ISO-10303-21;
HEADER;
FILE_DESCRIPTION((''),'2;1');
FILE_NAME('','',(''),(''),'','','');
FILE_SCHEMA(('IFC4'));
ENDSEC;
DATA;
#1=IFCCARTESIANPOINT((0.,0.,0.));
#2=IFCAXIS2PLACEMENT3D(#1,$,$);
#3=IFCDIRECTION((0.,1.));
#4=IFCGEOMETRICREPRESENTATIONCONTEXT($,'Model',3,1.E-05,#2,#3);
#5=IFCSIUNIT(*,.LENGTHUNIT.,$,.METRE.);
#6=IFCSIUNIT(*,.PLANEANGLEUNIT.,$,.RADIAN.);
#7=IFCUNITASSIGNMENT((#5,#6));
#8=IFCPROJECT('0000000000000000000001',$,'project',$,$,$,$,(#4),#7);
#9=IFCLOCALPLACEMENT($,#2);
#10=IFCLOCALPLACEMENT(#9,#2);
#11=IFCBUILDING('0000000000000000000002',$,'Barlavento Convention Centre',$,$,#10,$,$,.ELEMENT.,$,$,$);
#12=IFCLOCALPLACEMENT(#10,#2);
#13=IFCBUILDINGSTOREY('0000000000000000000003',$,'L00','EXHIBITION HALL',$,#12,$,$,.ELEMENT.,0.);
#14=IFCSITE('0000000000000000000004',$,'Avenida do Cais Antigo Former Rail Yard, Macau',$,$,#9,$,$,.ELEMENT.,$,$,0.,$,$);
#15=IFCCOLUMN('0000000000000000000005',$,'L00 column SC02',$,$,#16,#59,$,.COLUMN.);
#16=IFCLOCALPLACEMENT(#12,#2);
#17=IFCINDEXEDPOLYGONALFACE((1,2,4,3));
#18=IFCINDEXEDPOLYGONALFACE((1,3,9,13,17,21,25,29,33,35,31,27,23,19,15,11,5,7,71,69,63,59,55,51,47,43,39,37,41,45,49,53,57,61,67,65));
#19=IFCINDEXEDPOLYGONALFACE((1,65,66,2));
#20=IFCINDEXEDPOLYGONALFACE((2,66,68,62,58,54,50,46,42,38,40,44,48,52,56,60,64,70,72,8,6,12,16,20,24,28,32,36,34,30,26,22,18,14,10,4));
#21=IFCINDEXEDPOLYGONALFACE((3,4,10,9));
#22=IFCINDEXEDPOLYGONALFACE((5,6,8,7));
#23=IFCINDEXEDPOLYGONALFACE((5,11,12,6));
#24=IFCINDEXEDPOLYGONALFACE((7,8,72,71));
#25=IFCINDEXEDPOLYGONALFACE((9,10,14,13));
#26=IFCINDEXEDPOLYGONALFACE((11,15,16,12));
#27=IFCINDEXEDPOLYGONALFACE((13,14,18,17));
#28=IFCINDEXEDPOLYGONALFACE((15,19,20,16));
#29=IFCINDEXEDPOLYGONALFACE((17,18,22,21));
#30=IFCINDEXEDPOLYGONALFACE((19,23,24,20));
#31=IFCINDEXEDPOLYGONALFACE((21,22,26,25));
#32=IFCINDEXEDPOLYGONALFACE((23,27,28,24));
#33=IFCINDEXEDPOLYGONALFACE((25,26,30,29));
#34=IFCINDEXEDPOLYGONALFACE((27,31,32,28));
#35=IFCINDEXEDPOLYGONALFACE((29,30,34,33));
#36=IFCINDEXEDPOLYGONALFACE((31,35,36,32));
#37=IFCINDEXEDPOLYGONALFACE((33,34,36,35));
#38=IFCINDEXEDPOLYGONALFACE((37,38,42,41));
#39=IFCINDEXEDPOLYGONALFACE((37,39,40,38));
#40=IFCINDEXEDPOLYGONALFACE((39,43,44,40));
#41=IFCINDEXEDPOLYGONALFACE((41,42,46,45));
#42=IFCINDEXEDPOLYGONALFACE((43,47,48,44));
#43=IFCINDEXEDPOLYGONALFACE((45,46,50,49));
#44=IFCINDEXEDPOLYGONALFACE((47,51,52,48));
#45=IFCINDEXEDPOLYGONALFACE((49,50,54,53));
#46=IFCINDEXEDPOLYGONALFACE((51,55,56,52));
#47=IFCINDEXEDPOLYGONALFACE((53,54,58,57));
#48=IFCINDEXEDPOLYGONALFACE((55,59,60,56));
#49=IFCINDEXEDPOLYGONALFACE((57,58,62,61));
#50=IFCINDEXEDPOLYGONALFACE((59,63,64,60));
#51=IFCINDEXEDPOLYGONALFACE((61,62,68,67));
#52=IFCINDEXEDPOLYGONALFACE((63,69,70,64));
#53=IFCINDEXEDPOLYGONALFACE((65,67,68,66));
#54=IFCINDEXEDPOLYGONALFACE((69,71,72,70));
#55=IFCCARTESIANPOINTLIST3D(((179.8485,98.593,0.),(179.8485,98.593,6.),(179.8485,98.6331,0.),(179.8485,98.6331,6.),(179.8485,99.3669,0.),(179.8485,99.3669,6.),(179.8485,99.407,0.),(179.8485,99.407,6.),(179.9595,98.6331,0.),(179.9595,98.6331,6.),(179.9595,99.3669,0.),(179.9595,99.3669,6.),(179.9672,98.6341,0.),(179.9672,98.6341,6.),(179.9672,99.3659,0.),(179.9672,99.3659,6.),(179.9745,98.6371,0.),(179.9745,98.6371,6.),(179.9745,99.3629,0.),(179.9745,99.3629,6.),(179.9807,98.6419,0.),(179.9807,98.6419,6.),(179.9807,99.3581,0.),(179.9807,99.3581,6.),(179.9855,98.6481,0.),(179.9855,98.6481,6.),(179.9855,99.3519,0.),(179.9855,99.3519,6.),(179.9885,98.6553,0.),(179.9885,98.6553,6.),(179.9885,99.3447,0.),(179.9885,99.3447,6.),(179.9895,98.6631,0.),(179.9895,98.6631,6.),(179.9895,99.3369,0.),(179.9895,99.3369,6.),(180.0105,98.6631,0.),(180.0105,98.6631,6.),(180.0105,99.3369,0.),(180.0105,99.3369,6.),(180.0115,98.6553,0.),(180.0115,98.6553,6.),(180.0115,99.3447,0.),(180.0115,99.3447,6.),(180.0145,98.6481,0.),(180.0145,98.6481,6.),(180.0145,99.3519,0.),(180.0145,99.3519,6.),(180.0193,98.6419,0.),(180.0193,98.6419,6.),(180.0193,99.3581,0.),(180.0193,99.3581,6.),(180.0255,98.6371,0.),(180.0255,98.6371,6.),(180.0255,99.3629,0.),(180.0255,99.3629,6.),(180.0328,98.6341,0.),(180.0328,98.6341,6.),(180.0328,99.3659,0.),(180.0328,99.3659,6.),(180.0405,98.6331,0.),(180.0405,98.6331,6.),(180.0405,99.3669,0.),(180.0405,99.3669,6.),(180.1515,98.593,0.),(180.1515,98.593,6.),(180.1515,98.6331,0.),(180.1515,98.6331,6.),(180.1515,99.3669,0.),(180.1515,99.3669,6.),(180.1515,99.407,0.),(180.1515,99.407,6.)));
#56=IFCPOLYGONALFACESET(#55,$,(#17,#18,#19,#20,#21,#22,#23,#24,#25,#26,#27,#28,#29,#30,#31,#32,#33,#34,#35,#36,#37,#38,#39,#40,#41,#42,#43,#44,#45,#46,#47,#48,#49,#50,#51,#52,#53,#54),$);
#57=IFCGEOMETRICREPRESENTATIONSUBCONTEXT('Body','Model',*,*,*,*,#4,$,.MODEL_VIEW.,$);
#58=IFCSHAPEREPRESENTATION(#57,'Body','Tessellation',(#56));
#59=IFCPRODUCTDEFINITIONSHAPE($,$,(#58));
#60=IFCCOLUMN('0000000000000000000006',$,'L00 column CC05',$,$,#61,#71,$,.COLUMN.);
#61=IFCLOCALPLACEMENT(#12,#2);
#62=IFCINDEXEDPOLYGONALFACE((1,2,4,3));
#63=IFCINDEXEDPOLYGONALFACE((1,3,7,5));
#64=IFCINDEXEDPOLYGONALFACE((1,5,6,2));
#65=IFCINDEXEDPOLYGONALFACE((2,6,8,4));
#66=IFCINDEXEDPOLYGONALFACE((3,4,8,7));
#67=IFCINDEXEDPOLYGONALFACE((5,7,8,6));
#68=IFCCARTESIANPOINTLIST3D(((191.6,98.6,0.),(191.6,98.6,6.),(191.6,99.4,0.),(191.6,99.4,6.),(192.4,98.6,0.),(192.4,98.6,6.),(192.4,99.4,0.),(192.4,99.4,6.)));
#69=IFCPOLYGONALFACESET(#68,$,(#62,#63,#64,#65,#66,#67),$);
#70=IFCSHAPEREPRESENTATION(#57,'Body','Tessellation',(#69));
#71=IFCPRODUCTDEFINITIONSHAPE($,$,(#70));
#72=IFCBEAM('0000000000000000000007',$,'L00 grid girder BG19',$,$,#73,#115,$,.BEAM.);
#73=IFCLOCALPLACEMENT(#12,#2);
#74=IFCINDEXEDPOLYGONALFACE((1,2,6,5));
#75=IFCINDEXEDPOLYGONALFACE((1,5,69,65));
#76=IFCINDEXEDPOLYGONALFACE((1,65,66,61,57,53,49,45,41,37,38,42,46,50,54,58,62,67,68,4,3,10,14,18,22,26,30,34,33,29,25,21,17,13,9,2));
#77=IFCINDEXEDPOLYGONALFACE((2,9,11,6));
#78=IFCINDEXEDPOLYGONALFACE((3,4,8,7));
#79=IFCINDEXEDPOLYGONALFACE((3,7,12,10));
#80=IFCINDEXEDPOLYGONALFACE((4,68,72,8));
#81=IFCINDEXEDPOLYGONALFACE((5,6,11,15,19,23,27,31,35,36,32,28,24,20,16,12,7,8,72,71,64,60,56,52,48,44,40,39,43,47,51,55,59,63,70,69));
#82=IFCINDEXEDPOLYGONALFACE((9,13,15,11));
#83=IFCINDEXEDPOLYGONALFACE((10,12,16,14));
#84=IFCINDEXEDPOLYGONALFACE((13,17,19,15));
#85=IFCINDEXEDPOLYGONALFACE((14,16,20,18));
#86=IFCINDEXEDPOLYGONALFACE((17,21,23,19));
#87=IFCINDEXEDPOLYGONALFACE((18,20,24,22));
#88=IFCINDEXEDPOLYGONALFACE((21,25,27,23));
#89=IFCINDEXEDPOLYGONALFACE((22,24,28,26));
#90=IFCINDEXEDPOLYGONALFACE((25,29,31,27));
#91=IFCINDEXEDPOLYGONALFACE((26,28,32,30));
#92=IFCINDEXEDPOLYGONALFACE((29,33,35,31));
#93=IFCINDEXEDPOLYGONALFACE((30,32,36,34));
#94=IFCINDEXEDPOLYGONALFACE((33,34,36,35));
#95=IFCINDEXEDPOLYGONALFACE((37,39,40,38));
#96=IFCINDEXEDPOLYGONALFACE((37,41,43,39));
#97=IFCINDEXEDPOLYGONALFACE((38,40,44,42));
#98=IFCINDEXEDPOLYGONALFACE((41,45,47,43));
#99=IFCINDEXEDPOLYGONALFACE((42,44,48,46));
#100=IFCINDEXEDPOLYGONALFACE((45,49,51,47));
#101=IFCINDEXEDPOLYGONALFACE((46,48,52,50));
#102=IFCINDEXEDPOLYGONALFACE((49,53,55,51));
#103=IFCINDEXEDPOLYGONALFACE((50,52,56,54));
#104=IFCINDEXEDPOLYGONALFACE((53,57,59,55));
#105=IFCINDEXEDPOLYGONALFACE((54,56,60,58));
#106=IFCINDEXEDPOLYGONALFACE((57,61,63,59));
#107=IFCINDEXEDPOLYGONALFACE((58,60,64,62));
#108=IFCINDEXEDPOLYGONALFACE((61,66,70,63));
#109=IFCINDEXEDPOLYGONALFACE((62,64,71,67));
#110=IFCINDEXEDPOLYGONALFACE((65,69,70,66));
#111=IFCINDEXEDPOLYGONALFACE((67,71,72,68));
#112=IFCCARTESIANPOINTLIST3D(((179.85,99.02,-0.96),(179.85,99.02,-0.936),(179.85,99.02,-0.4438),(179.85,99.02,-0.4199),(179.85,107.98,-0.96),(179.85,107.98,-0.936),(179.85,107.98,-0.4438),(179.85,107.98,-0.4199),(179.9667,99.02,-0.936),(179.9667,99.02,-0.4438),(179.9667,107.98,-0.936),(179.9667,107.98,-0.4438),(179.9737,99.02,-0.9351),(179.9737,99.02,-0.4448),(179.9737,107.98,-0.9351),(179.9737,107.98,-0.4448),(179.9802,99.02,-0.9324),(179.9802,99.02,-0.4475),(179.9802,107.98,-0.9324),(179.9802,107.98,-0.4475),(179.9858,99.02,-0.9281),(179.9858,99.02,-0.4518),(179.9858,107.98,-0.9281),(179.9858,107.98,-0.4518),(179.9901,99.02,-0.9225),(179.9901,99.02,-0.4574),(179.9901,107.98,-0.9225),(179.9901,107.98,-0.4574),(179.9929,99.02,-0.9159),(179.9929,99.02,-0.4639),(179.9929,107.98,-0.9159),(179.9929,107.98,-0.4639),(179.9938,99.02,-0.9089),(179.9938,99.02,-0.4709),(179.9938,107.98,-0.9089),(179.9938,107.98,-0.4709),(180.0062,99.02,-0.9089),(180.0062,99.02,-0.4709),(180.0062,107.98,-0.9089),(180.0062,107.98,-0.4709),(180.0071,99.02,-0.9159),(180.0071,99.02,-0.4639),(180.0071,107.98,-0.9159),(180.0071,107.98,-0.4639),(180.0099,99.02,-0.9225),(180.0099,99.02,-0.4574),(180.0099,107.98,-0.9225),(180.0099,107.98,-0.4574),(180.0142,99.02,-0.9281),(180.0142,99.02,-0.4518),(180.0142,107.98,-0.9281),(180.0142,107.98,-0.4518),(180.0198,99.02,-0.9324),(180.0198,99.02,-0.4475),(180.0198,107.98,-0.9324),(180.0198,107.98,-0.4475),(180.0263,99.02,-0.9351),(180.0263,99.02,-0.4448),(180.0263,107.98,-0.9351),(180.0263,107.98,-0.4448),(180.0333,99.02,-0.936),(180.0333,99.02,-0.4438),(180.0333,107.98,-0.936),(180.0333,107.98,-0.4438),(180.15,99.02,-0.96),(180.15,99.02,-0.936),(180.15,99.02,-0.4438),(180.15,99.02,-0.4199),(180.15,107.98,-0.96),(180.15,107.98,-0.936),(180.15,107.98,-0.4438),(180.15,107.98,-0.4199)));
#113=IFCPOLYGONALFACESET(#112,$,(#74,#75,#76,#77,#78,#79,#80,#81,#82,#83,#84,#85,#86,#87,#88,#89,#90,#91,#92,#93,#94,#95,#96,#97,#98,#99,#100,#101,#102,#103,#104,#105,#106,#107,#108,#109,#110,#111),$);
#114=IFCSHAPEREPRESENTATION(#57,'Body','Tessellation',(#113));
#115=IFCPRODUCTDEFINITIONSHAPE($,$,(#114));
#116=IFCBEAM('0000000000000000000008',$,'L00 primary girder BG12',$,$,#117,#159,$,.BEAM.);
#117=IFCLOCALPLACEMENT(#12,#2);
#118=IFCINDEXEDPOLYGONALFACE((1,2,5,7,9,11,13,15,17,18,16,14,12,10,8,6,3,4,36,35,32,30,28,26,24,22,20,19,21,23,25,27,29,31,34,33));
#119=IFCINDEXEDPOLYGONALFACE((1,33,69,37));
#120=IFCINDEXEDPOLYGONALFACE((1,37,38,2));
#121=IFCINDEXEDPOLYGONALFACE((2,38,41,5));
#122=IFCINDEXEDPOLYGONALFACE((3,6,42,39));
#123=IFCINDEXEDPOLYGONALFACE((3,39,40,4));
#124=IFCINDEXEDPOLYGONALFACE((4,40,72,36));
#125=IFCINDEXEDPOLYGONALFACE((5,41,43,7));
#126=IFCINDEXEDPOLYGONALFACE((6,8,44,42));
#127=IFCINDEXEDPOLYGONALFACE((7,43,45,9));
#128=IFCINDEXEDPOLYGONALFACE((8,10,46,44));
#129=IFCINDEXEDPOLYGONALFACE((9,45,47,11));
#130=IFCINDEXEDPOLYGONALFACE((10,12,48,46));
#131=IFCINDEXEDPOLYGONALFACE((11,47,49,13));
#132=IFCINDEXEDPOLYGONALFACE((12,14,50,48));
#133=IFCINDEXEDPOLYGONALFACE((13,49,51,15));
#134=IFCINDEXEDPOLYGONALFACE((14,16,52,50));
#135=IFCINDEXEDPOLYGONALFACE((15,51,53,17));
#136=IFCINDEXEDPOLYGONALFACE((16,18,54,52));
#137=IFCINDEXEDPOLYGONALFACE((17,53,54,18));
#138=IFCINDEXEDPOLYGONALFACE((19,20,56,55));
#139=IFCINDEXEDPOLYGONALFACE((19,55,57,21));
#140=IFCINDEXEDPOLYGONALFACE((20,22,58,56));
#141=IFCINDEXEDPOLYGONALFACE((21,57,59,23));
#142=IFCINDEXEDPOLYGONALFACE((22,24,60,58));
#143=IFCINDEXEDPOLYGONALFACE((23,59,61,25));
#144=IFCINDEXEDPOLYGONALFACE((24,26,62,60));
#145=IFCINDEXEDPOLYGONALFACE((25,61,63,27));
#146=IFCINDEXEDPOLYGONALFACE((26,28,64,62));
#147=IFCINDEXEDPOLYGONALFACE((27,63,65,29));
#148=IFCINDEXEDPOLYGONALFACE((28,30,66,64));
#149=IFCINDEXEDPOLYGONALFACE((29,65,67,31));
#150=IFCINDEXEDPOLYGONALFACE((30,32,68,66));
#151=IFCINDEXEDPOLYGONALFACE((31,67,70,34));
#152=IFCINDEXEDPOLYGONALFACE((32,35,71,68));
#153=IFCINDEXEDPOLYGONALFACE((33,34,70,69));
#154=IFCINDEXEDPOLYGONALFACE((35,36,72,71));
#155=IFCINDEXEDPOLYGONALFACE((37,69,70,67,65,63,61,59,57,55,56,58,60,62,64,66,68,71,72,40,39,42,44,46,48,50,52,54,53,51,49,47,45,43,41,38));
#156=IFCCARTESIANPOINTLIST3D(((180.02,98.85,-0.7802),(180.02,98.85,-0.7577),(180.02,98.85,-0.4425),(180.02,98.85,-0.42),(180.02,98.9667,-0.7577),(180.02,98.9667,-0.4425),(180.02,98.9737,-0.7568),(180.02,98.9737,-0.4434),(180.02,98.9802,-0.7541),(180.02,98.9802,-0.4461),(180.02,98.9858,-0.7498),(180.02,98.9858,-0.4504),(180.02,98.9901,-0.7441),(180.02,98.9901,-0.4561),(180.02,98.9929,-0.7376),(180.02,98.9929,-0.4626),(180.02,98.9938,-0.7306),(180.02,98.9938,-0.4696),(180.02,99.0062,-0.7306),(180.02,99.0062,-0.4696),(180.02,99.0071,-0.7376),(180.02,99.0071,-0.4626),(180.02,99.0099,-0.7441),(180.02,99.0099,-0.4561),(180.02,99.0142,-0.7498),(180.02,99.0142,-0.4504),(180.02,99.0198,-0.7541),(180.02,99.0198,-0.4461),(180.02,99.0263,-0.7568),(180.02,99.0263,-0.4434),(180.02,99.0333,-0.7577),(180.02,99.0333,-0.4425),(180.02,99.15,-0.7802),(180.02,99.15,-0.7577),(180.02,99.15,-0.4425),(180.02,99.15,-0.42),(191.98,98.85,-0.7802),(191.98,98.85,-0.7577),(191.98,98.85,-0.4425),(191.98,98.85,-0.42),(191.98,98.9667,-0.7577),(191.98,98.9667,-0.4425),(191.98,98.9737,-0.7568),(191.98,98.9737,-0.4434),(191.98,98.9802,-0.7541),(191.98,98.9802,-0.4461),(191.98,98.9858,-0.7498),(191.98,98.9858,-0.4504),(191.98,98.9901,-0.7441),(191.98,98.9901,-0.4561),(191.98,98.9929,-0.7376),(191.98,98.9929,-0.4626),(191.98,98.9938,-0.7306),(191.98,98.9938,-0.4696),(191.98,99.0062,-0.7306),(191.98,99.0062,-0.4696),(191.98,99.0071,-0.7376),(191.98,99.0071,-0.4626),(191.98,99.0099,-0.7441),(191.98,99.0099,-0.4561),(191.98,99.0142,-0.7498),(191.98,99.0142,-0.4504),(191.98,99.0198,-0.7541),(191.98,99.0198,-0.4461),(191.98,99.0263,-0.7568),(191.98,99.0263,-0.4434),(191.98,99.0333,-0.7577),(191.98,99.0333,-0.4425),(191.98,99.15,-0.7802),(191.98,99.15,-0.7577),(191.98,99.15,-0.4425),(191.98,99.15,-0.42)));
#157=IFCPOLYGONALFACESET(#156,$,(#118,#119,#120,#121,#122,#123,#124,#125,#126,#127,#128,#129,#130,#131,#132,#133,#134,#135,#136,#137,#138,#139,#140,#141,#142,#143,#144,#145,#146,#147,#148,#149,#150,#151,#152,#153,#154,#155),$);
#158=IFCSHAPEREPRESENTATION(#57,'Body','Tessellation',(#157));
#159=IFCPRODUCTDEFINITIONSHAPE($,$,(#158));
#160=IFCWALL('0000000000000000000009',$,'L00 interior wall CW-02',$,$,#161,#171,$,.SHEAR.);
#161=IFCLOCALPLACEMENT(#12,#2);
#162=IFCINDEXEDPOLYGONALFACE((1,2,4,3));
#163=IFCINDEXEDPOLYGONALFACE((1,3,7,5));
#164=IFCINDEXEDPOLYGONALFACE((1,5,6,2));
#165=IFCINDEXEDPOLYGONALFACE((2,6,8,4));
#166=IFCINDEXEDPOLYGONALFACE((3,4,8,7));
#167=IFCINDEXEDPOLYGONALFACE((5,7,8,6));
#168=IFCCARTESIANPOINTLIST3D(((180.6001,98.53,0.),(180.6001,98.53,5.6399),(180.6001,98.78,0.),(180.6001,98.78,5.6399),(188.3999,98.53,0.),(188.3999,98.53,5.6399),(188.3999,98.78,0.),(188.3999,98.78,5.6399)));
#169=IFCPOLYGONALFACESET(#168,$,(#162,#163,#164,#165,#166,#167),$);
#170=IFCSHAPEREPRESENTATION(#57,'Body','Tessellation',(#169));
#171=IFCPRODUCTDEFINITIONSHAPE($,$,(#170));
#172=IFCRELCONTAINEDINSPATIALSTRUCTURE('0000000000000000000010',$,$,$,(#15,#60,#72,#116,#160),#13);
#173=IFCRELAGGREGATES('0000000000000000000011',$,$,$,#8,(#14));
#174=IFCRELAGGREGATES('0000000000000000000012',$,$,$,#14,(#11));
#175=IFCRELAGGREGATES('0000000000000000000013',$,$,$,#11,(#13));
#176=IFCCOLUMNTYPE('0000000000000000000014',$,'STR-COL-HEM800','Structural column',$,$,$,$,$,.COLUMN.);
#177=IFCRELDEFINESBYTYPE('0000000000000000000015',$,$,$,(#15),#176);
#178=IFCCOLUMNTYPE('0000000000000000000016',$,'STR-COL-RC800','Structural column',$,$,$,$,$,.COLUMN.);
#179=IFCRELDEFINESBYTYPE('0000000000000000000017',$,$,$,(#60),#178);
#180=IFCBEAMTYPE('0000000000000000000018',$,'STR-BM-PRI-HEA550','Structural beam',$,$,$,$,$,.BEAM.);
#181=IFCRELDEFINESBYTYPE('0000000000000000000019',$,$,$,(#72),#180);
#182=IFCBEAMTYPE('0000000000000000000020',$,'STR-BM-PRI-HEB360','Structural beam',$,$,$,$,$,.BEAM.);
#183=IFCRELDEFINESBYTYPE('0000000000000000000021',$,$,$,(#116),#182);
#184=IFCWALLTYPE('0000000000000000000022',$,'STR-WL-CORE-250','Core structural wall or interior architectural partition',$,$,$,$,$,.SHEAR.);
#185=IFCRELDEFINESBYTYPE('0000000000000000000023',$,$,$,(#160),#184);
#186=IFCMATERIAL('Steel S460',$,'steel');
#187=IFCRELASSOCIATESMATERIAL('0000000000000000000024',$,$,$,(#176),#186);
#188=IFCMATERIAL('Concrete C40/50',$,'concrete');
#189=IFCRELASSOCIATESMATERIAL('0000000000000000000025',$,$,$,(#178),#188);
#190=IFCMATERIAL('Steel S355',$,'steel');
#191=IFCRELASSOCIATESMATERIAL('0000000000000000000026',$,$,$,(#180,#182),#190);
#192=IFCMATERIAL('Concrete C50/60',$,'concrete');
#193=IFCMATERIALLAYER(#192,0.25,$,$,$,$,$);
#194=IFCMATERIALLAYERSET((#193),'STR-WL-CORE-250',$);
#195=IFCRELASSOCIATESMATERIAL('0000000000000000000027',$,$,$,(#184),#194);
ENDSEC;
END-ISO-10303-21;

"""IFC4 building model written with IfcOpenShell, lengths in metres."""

from ifc_helpers import new_model, si_unit, direction, frame, frame_2d, origin, origin_2d, place, context, subcontext, project, spatial, rectangle, i_section, extrude, material, layer, layer_set, material_profile, profile_set, type_object, element, save


model = new_model("IFC4")

# Units and contexts
model_context = context("Model", 3, precision=1e-05, world=origin(), true_north=direction((0.0, 1.0)))
body_context = subcontext(model_context, "Body", "Model", "MODEL_VIEW")
ifc_project = project(units=[si_unit("LENGTHUNIT", "METRE"), si_unit("PLANEANGLEUNIT", "RADIAN")], contexts=[model_context])

# Site, building, storey
site_placement = place(None, origin())
site = spatial("IfcSite", under=ifc_project, at=site_placement, Name="Avenida do Cais Antigo Former Rail Yard, Macau", CompositionType="ELEMENT", RefElevation=0.0)
building_placement = place(site_placement, origin())
building = spatial("IfcBuilding", under=site, at=building_placement, Name="Barlavento Convention Centre", CompositionType="ELEMENT")
storey_placement = place(building_placement, origin())
storey = spatial("IfcBuildingStorey", under=building, at=storey_placement, Name="L00", Description="EXHIBITION HALL", CompositionType="ELEMENT", Elevation=0.0)

# Columns
ifc_material_1 = material(Name="Steel S460", Category="steel")
ifc_material_profile_1 = material_profile(ifc_material_1, i_section(OverallWidth=0.303, OverallDepth=0.814, WebThickness=0.021, FlangeThickness=0.04, FilletRadius=0.03, at=origin_2d()), Name="HEM 800")
ifc_profile_set_1 = profile_set([ifc_material_profile_1], Name="Steel S460")
column_type_1 = type_object("IfcColumnType", Name="STR-COL-HEM800", Description="Structural column", PredefinedType="COLUMN", material=ifc_profile_set_1)
column_1_placement = place(storey_placement, frame((180.0, 99.0, 0.0), z_axis=(0.0, 0.0, 1.0), x_axis=(1.0, 0.0, 0.0)))
element("IfcColumn", 1, at=column_1_placement, inside=storey, type_object=column_type_1, Name="L00 column SC02", PredefinedType="COLUMN", context=body_context, shape_type="SweptSolid", body=[
    extrude(i_section(OverallWidth=0.303, OverallDepth=0.814, WebThickness=0.021, FlangeThickness=0.04, FilletRadius=0.03, at=origin_2d()), origin(), (0.0, 0.0, 1.0), 6.0),
])
ifc_material_2 = material(Name="Concrete C40/50", Category="concrete")
ifc_material_profile_2 = material_profile(ifc_material_2, rectangle(XDim=0.8, YDim=0.8, at=origin_2d()), Name="RC 800x800")
ifc_profile_set_2 = profile_set([ifc_material_profile_2], Name="Concrete C40/50")
column_type_2 = type_object("IfcColumnType", Name="STR-COL-RC800", Description="Structural column", PredefinedType="COLUMN", material=ifc_profile_set_2)
column_2_placement = place(storey_placement, frame((192.0, 99.0, 0.0), z_axis=(0.0, 0.0, 1.0), x_axis=(1.0, 0.0, 0.0)))
element("IfcColumn", 2, at=column_2_placement, inside=storey, type_object=column_type_2, Name="L00 column CC05", PredefinedType="COLUMN", context=body_context, shape_type="SweptSolid", body=[
    extrude(rectangle(XDim=0.8, YDim=0.8, at=origin_2d()), origin(), (0.0, 0.0, 1.0), 6.0),
])

# Beams
ifc_material_3 = material(Name="Steel S355", Category="steel")
ifc_material_profile_3 = material_profile(ifc_material_3, i_section(OverallWidth=0.3, OverallDepth=0.54, WebThickness=0.0125, FlangeThickness=0.0239, FilletRadius=0.0271, at=origin_2d()), Name="HEA 550")
ifc_profile_set_3 = profile_set([ifc_material_profile_3], Name="Steel S355")
beam_type_1 = type_object("IfcBeamType", Name="STR-BM-PRI-HEA550", Description="Structural beam", PredefinedType="BEAM", material=ifc_profile_set_3)
beam_1_placement = place(storey_placement, frame((180.0, 99.02, -0.6899), z_axis=(0.0, 1.0, 0.0), x_axis=(-1.0, 0.0, 0.0)))
element("IfcBeam", 3, at=beam_1_placement, inside=storey, type_object=beam_type_1, Name="L00 grid girder BG19", PredefinedType="BEAM", context=body_context, shape_type="SweptSolid", body=[
    extrude(i_section(OverallWidth=0.3, OverallDepth=0.54, WebThickness=0.0125, FlangeThickness=0.0239, FilletRadius=0.0271, at=origin_2d()), origin(), (0.0, 0.0, 1.0), 8.96),
])
ifc_material_profile_4 = material_profile(ifc_material_3, i_section(OverallWidth=0.3, OverallDepth=0.3601, WebThickness=0.0125, FlangeThickness=0.0225, FilletRadius=0.0271, at=origin_2d()), Name="HEB 360")
ifc_profile_set_4 = profile_set([ifc_material_profile_4], Name="Steel S355")
beam_type_2 = type_object("IfcBeamType", Name="STR-BM-PRI-HEB360", Description="Structural beam", PredefinedType="BEAM", material=ifc_profile_set_4)
beam_2_placement = place(storey_placement, frame((180.02, 99.0, -0.6001), z_axis=(1.0, 0.0, 0.0), x_axis=(0.0, 1.0, 0.0)))
element("IfcBeam", 4, at=beam_2_placement, inside=storey, type_object=beam_type_2, Name="L00 primary girder BG12", PredefinedType="BEAM", context=body_context, shape_type="SweptSolid", body=[
    extrude(i_section(OverallWidth=0.3, OverallDepth=0.3601, WebThickness=0.0125, FlangeThickness=0.0225, FilletRadius=0.0271, at=origin_2d()), origin(), (0.0, 0.0, 1.0), 11.96),
])

# Wall
ifc_material_4 = material(Name="Concrete C50/60", Category="concrete")
ifc_layer = layer(ifc_material_4, 0.25)
ifc_layer_set = layer_set([ifc_layer], Name="STR-WL-CORE-250")
wall_type = type_object("IfcWallType", Name="STR-WL-CORE-250", Description="Core structural wall or interior architectural partition", PredefinedType="SHEAR", material=ifc_layer_set)
wall_1_placement = place(storey_placement, frame((180.6001, 98.655, 0.0), z_axis=(0.0, 0.0, 1.0), x_axis=(1.0, 0.0, 0.0)))
element("IfcWall", 5, at=wall_1_placement, inside=storey, type_object=wall_type, Name="L00 interior wall CW-02", PredefinedType="SHEAR", context=body_context, shape_type="SweptSolid", body=[
    extrude(rectangle(XDim=7.7998, YDim=0.25, at=frame_2d((3.8999, 0.0))), origin(), (0.0, 0.0, 1.0), 5.6399),
])

save(model, "model.ifc")
